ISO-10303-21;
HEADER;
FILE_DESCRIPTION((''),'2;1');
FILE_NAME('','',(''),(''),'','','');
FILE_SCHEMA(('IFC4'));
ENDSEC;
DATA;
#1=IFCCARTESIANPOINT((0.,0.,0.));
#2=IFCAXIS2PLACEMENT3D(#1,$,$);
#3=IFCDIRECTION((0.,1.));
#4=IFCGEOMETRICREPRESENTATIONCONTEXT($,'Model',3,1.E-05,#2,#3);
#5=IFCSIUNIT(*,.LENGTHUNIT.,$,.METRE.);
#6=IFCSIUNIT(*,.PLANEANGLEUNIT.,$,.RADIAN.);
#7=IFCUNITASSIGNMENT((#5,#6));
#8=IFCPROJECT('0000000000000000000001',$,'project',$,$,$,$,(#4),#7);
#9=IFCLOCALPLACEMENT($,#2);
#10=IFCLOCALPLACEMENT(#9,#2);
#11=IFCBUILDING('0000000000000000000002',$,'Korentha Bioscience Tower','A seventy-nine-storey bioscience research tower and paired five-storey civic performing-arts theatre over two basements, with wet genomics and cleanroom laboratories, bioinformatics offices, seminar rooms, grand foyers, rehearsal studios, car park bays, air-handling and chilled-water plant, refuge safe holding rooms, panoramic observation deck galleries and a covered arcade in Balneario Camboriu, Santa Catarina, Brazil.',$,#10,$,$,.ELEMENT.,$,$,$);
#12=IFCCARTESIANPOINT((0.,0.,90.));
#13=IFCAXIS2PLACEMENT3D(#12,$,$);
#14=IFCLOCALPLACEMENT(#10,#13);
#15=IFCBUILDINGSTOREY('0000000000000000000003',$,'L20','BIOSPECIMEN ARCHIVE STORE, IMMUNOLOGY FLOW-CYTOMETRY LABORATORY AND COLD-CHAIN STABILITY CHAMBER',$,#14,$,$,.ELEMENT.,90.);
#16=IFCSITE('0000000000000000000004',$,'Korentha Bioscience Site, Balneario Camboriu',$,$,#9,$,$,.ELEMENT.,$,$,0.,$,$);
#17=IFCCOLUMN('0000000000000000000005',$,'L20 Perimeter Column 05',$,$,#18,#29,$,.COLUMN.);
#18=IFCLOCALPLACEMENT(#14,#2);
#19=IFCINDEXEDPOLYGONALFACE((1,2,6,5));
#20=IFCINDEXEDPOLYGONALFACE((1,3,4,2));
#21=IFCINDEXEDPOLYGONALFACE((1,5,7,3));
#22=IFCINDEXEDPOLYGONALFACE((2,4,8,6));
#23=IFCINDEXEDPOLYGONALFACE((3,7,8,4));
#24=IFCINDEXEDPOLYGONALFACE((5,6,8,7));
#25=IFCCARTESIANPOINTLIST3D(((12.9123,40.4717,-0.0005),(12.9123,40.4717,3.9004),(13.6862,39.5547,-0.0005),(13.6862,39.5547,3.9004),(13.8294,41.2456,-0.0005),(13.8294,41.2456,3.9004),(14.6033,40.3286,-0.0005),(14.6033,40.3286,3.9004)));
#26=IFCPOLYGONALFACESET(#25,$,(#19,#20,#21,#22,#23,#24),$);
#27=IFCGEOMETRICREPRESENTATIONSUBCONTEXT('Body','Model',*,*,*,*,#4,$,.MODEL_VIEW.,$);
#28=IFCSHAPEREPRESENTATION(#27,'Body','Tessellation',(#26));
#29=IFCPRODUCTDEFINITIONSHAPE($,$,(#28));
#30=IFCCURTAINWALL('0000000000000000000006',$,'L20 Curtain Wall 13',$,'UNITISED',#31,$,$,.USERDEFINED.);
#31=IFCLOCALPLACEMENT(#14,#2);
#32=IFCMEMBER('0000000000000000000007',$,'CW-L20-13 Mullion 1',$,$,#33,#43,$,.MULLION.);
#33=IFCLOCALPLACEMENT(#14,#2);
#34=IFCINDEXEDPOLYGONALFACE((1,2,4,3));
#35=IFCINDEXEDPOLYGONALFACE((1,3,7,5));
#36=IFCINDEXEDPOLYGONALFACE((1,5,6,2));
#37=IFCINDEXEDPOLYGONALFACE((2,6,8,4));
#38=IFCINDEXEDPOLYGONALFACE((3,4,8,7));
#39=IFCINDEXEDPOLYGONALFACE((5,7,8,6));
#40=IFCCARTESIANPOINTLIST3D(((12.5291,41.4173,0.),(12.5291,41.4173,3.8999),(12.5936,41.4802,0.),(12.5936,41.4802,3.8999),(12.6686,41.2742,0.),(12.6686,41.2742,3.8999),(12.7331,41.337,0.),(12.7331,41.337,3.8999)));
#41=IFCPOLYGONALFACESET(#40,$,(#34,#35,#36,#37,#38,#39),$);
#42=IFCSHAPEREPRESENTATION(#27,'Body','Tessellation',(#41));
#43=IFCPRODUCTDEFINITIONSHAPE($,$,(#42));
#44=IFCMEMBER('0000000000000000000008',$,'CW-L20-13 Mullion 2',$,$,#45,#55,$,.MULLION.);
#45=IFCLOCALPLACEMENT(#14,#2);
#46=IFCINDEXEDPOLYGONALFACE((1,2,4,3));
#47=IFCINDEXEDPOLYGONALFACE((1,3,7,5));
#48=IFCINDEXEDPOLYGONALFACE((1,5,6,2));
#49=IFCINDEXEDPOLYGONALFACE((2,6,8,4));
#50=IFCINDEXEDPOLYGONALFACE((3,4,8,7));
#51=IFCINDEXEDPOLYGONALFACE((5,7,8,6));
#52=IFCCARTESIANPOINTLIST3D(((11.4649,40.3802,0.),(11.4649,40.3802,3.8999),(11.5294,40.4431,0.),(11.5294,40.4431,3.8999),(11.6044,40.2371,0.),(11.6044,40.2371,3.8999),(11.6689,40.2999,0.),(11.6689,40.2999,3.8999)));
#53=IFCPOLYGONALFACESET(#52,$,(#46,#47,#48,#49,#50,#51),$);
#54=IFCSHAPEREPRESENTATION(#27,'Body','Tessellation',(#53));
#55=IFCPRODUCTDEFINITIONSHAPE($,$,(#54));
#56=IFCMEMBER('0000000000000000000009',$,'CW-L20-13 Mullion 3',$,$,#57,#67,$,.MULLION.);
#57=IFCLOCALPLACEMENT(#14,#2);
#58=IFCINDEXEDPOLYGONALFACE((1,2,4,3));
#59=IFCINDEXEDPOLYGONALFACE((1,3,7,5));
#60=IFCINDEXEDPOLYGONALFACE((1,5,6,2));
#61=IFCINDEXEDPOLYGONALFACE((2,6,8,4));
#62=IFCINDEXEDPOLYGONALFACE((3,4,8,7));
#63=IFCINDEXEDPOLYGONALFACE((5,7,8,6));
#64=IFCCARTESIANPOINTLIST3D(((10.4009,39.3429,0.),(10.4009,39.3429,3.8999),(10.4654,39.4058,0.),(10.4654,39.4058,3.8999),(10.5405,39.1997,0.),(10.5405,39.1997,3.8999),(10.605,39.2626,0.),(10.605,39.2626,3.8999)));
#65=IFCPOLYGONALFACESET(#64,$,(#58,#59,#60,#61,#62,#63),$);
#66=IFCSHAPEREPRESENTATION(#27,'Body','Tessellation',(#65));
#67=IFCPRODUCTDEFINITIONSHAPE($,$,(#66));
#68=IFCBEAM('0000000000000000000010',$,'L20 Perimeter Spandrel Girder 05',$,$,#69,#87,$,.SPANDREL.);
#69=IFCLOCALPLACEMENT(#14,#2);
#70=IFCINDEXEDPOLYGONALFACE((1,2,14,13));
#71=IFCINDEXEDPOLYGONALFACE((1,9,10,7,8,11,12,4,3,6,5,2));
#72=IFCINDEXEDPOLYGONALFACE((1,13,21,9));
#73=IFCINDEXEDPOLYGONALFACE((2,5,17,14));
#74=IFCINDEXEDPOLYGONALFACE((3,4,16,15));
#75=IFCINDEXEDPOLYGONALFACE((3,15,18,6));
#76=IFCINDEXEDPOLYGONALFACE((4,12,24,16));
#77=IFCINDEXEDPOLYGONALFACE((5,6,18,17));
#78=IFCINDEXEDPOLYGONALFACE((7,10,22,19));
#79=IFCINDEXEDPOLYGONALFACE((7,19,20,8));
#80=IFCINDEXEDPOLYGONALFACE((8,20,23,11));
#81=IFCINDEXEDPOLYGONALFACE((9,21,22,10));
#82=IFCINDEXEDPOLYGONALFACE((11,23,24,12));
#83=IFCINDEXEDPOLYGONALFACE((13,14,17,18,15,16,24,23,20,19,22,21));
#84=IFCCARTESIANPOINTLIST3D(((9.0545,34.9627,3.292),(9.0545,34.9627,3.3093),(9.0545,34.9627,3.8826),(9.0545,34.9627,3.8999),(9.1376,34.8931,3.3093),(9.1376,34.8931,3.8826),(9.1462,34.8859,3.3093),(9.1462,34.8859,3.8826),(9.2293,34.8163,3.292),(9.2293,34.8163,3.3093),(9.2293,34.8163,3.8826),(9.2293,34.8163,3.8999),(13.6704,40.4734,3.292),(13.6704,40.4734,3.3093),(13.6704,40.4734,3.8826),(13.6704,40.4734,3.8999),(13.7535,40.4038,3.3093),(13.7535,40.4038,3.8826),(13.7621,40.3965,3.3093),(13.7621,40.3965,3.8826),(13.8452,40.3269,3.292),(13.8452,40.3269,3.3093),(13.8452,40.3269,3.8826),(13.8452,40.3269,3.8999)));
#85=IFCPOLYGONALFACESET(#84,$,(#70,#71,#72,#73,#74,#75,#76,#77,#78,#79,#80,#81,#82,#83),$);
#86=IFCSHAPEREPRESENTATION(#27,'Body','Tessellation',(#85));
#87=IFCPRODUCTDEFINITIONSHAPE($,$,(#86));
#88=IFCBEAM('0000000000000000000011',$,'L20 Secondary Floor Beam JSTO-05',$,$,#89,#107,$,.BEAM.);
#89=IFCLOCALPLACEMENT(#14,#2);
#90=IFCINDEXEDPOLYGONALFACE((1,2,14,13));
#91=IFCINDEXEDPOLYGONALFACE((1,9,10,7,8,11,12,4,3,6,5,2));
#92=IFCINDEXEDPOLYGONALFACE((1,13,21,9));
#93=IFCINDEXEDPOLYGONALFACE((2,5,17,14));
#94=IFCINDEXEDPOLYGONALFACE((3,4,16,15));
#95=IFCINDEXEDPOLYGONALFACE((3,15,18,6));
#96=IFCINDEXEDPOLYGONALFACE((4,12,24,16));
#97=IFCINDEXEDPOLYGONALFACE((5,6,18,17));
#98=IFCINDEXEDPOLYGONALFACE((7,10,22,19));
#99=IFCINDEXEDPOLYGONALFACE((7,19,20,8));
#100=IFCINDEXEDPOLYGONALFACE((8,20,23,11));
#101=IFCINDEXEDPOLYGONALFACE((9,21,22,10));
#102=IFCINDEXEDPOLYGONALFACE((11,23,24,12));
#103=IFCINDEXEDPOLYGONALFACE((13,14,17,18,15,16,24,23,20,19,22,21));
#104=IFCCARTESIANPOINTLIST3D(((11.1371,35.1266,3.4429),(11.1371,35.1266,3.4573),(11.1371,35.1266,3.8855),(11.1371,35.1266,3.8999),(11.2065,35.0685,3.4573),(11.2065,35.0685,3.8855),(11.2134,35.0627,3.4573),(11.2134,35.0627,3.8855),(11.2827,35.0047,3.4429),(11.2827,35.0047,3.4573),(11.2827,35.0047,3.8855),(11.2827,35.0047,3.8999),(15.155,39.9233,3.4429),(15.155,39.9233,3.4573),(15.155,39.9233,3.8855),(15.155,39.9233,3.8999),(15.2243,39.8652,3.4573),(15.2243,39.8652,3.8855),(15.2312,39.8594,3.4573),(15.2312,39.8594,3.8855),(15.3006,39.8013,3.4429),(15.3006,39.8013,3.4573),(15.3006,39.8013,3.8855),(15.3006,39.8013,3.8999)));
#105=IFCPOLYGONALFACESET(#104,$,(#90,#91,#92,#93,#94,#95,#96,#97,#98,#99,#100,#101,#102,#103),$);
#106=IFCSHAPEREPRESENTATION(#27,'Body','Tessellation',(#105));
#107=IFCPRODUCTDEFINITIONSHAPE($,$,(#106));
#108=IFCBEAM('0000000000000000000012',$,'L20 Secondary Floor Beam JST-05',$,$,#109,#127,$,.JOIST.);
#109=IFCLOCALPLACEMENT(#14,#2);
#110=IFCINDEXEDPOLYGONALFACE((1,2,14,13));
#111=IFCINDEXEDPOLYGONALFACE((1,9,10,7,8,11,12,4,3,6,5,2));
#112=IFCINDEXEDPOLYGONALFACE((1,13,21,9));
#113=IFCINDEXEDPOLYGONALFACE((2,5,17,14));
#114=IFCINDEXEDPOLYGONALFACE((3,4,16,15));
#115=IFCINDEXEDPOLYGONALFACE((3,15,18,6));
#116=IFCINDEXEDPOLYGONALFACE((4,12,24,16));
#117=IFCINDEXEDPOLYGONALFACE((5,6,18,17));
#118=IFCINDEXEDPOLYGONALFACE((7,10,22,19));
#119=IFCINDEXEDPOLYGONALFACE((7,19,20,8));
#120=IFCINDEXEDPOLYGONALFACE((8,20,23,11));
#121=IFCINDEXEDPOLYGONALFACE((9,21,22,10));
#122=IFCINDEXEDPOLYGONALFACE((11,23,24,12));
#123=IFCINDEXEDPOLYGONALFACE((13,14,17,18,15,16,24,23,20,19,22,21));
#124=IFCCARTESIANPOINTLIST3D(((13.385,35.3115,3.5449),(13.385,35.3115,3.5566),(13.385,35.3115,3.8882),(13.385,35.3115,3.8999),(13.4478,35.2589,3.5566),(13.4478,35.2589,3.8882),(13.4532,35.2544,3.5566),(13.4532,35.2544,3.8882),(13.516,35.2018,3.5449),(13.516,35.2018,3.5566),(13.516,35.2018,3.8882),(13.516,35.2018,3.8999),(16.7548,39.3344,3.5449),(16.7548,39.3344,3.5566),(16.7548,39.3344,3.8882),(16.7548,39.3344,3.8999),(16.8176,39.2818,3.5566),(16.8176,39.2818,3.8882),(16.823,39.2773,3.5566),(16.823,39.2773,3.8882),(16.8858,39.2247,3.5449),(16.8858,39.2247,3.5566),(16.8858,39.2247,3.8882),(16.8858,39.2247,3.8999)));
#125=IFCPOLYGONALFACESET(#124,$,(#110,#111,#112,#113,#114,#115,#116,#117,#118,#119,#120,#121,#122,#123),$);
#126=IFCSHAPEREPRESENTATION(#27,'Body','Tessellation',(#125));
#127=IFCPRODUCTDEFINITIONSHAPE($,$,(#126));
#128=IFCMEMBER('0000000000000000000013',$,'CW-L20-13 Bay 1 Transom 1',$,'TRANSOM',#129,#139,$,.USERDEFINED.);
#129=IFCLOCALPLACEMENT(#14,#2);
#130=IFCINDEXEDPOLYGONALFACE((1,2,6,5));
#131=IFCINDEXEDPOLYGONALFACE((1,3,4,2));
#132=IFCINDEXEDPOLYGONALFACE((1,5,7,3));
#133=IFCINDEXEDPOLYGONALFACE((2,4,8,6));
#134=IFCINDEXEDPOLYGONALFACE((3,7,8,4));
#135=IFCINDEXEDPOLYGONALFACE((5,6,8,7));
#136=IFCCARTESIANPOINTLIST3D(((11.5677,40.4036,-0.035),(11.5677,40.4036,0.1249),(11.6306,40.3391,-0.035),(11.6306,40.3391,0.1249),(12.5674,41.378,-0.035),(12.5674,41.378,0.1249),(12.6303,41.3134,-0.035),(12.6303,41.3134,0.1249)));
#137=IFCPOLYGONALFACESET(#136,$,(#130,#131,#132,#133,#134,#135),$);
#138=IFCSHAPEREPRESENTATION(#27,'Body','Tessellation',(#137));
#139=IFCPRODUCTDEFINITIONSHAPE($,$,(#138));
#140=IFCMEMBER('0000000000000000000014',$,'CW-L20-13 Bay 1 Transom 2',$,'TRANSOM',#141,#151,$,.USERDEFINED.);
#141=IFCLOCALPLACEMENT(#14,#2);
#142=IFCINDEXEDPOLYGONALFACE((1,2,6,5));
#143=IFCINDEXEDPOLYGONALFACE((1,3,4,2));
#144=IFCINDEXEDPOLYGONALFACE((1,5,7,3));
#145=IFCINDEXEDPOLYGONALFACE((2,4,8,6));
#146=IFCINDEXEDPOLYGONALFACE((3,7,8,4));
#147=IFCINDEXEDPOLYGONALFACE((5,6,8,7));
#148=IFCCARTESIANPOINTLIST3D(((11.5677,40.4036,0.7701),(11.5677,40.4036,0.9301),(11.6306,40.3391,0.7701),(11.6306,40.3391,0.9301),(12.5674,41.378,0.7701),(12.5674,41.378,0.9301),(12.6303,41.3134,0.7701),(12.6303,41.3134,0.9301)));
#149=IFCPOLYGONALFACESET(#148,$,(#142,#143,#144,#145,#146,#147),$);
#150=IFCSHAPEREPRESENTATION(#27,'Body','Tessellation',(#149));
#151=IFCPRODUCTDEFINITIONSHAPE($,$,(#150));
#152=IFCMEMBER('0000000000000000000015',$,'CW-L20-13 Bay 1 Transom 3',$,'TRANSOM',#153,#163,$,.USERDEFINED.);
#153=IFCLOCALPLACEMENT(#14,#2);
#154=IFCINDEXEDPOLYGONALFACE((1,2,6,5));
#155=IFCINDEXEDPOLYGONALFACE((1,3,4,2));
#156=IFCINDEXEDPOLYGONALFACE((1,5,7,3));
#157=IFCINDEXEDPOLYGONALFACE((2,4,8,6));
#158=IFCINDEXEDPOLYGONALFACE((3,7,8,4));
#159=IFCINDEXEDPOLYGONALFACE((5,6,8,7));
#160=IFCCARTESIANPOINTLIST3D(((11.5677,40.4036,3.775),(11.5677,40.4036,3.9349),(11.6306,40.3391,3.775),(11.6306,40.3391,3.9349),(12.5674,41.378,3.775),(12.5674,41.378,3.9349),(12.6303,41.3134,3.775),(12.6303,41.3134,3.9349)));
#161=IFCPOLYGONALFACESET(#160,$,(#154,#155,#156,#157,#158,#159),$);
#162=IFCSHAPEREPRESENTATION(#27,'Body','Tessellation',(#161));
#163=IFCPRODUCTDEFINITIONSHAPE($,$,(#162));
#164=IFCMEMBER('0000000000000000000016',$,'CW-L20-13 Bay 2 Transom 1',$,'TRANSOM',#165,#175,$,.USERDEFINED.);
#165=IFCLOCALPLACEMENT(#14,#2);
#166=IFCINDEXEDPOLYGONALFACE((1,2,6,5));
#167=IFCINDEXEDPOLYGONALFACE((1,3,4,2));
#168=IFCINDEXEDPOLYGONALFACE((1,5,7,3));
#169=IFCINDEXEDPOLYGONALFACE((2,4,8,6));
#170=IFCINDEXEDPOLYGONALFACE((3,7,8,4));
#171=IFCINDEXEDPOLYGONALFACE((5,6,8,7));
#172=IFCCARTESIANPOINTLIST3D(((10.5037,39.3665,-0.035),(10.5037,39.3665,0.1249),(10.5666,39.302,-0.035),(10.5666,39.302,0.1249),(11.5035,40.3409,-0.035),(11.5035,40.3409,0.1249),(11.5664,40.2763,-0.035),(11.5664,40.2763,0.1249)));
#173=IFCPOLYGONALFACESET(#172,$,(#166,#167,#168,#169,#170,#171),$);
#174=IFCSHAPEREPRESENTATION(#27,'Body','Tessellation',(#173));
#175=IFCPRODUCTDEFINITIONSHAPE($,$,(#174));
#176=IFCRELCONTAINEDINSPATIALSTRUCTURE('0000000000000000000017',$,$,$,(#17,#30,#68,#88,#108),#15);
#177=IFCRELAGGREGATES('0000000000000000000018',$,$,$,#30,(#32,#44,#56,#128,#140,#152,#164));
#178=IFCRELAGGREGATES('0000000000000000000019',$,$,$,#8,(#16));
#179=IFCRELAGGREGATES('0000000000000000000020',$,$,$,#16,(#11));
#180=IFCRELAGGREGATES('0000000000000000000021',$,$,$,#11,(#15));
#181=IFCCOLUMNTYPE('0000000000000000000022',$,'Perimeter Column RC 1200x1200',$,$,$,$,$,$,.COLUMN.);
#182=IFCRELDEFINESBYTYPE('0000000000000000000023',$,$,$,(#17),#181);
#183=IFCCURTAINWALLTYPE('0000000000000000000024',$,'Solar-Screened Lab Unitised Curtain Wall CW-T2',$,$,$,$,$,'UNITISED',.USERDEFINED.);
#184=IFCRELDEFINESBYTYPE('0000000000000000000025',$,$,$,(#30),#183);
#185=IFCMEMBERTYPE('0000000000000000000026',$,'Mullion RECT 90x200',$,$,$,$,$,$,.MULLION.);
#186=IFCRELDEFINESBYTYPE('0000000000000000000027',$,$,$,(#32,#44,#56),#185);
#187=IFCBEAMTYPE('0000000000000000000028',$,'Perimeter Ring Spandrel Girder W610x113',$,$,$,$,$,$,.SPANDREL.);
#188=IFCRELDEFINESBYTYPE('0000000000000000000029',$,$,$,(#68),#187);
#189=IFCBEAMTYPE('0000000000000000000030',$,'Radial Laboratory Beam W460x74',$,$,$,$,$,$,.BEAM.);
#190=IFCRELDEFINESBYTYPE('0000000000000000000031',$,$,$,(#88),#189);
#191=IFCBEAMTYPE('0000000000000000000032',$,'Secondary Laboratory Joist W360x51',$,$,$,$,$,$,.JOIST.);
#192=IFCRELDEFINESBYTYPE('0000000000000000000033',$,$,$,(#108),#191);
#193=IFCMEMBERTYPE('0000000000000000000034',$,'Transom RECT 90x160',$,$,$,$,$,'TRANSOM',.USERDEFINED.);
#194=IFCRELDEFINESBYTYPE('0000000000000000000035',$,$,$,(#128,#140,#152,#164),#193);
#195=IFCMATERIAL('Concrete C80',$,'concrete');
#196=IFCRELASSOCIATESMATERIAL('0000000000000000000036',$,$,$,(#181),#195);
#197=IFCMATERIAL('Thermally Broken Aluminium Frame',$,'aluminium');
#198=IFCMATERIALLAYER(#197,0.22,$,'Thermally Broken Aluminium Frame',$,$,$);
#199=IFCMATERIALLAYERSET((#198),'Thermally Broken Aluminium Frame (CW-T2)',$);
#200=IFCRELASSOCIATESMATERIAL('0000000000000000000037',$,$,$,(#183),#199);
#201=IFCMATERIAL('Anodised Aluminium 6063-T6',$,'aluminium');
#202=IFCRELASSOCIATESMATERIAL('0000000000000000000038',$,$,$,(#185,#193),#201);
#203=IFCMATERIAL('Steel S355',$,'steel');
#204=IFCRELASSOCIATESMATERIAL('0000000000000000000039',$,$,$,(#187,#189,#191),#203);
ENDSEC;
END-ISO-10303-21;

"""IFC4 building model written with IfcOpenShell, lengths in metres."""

from ifc_helpers import new_model, si_unit, direction, frame, origin, origin_2d, place, context, subcontext, project, spatial, rectangle, i_section, extrude, material, layer, layer_set, material_profile, profile_set, type_object, element, aggregate, save


model = new_model("IFC4")

# Units and contexts
model_context = context("Model", 3, precision=1e-05, world=origin(), true_north=direction((0.0, 1.0)))
body_context = subcontext(model_context, "Body", "Model", "MODEL_VIEW")
ifc_project = project(units=[si_unit("LENGTHUNIT", "METRE"), si_unit("PLANEANGLEUNIT", "RADIAN")], contexts=[model_context])

# Site, building, storey
site_placement = place(None, origin())
site = spatial("IfcSite", under=ifc_project, at=site_placement, Name="Korentha Bioscience Site, Balneario Camboriu", CompositionType="ELEMENT", RefElevation=0.0)
building_placement = place(site_placement, origin())
building = spatial("IfcBuilding", under=site, at=building_placement, Name="Korentha Bioscience Tower", Description="A seventy-nine-storey bioscience research tower and paired five-storey civic performing-arts theatre over two basements, with wet genomics and cleanroom laboratories, bioinformatics offices, seminar rooms, grand foyers, rehearsal studios, car park bays, air-handling and chilled-water plant, refuge safe holding rooms, panoramic observation deck galleries and a covered arcade in Balneario Camboriu, Santa Catarina, Brazil.", CompositionType="ELEMENT")
storey_placement = place(building_placement, frame((0.0, 0.0, 90.0)))
storey = spatial("IfcBuildingStorey", under=building, at=storey_placement, Name="L20", Description="BIOSPECIMEN ARCHIVE STORE, IMMUNOLOGY FLOW-CYTOMETRY LABORATORY AND COLD-CHAIN STABILITY CHAMBER", CompositionType="ELEMENT", Elevation=90.0)

# Column
ifc_material_1 = material(Name="Concrete C80", Category="concrete")
ifc_material_profile_1 = material_profile(ifc_material_1, rectangle(XDim=1.2, YDim=1.2, at=origin_2d()), Name="Concrete C80")
ifc_profile_set_1 = profile_set([ifc_material_profile_1], Name="Concrete C80 (COL-P12)")
column_type = type_object("IfcColumnType", Name="Perimeter Column RC 1200x1200", PredefinedType="COLUMN", material=ifc_profile_set_1)
column_placement = place(storey_placement, frame((13.7578, 40.4001, -0.0005), z_axis=(0.0, 0.0, 1.0), x_axis=(0.764246, 0.644924, 0.0)))
element("IfcColumn", 1, at=column_placement, inside=storey, type_object=column_type, Name="L20 Perimeter Column 05", PredefinedType="COLUMN", context=body_context, shape_type="SweptSolid", body=[
    extrude(rectangle(XDim=1.2, YDim=1.2, at=origin_2d()), origin(), (0.0, 0.0, 1.0), 3.9009),
])

# Curtain wall, members
ifc_material_2 = material(Name="Thermally Broken Aluminium Frame", Category="aluminium")
ifc_layer_1 = layer(ifc_material_2, 0.22, Name="Thermally Broken Aluminium Frame")
ifc_layer_set_1 = layer_set([ifc_layer_1], Name="Thermally Broken Aluminium Frame (CW-T2)")
curtain_wall_type = type_object("IfcCurtainWallType", Name="Solar-Screened Lab Unitised Curtain Wall CW-T2", ElementType="UNITISED", PredefinedType="USERDEFINED", material=ifc_layer_set_1)
curtain_wall_placement = place(storey_placement, origin())
curtain_wall = element("IfcCurtainWall", 2, at=curtain_wall_placement, inside=storey, type_object=curtain_wall_type, Name="L20 Curtain Wall 13", ObjectType="UNITISED", PredefinedType="USERDEFINED")
ifc_material_3 = material(Name="Anodised Aluminium 6063-T6", Category="aluminium")
ifc_material_profile_2 = material_profile(ifc_material_3, rectangle(XDim=0.0901, YDim=0.2, at=origin_2d()), Name="Anodised Aluminium 6063-T6")
ifc_profile_set_2 = profile_set([ifc_material_profile_2], Name="Anodised Aluminium 6063-T6 (CW-MUL)")
member_type_1 = type_object("IfcMemberType", Name="Mullion RECT 90x200", PredefinedType="MULLION", material=ifc_profile_set_2)
member_1_placement = place(storey_placement, frame((12.6311, 41.3772, 0.0), z_axis=(0.0, 0.0, 1.0), x_axis=(-0.716096, -0.698002, 0.0)))
member_1 = element("IfcMember", 3, at=member_1_placement, type_object=member_type_1, Name="CW-L20-13 Mullion 1", PredefinedType="MULLION", context=body_context, shape_type="SweptSolid", body=[
    extrude(rectangle(XDim=0.0901, YDim=0.2, at=origin_2d()), origin(), (0.0, 0.0, 1.0), 3.8999),
])
member_2_placement = place(storey_placement, frame((11.5669, 40.3401, 0.0), z_axis=(0.0, 0.0, 1.0), x_axis=(-0.716096, -0.698002, 0.0)))
member_2 = element("IfcMember", 4, at=member_2_placement, type_object=member_type_1, Name="CW-L20-13 Mullion 2", PredefinedType="MULLION", context=body_context, shape_type="SweptSolid", body=[
    extrude(rectangle(XDim=0.0901, YDim=0.2, at=origin_2d()), origin(), (0.0, 0.0, 1.0), 3.8999),
])
member_3_placement = place(storey_placement, frame((10.5029, 39.3027, 0.0), z_axis=(0.0, 0.0, 1.0), x_axis=(-0.716096, -0.698002, 0.0)))
member_3 = element("IfcMember", 5, at=member_3_placement, type_object=member_type_1, Name="CW-L20-13 Mullion 3", PredefinedType="MULLION", context=body_context, shape_type="SweptSolid", body=[
    extrude(rectangle(XDim=0.0901, YDim=0.2, at=origin_2d()), origin(), (0.0, 0.0, 1.0), 3.8999),
])

# Beams
ifc_material_4 = material(Name="Steel S355", Category="steel")
ifc_material_profile_3 = material_profile(ifc_material_4, i_section(OverallWidth=0.228, OverallDepth=0.6079, WebThickness=0.0112, FlangeThickness=0.0173, at=origin_2d()), Name="Steel S355")
ifc_profile_set_3 = profile_set([ifc_material_profile_3], Name="Steel S355 (SB-610)")
beam_type_1 = type_object("IfcBeamType", Name="Perimeter Ring Spandrel Girder W610x113", PredefinedType="SPANDREL", material=ifc_profile_set_3)
beam_1_placement = place(storey_placement, frame((13.7578, 40.4001, 3.5959), z_axis=(-0.642127, -0.766599, 0.0), x_axis=(0.766599, -0.642127, 0.0)))
element("IfcBeam", 6, at=beam_1_placement, inside=storey, type_object=beam_type_1, Name="L20 Perimeter Spandrel Girder 05", PredefinedType="SPANDREL", context=body_context, shape_type="SweptSolid", body=[
    extrude(i_section(OverallWidth=0.228, OverallDepth=0.6079, WebThickness=0.0112, FlangeThickness=0.0173, at=origin_2d()), origin(), (0.0, 0.0, 1.0), 7.1885),
])
ifc_material_profile_4 = material_profile(ifc_material_4, i_section(OverallWidth=0.1899, OverallDepth=0.457, WebThickness=0.009, FlangeThickness=0.0144, at=origin_2d()), Name="Steel S355")
ifc_profile_set_4 = profile_set([ifc_material_profile_4], Name="Steel S355 (RB-460)")
beam_type_2 = type_object("IfcBeamType", Name="Radial Laboratory Beam W460x74", PredefinedType="BEAM", material=ifc_profile_set_4)
beam_2_placement = place(storey_placement, frame((15.2278, 39.8623, 3.6714), z_axis=(-0.642128, -0.766597, 0.0), x_axis=(0.766597, -0.642128, 0.0)))
element("IfcBeam", 7, at=beam_2_placement, inside=storey, type_object=beam_type_2, Name="L20 Secondary Floor Beam JSTO-05", PredefinedType="BEAM", context=body_context, shape_type="SweptSolid", body=[
    extrude(i_section(OverallWidth=0.1899, OverallDepth=0.457, WebThickness=0.009, FlangeThickness=0.0144, at=origin_2d()), origin(), (0.0, 0.0, 1.0), 6.2571),
])
ifc_material_profile_5 = material_profile(ifc_material_4, i_section(OverallWidth=0.1709, OverallDepth=0.355, WebThickness=0.0071, FlangeThickness=0.0117, at=origin_2d()), Name="Steel S355")
ifc_profile_set_5 = profile_set([ifc_material_profile_5], Name="Steel S355 (JB-360)")
beam_type_3 = type_object("IfcBeamType", Name="Secondary Laboratory Joist W360x51", PredefinedType="JOIST", material=ifc_profile_set_5)
beam_3_placement = place(storey_placement, frame((16.8203, 39.2795, 3.7224), z_axis=(-0.642141, -0.766587, 0.0), x_axis=(0.766587, -0.642141, 0.0)))
element("IfcBeam", 8, at=beam_3_placement, inside=storey, type_object=beam_type_3, Name="L20 Secondary Floor Beam JST-05", PredefinedType="JOIST", context=body_context, shape_type="SweptSolid", body=[
    extrude(i_section(OverallWidth=0.1709, OverallDepth=0.355, WebThickness=0.0071, FlangeThickness=0.0117, at=origin_2d()), origin(), (0.0, 0.0, 1.0), 5.2478),
])

# Members
ifc_material_profile_6 = material_profile(ifc_material_3, rectangle(XDim=0.0901, YDim=0.1599, at=origin_2d()), Name="Anodised Aluminium 6063-T6")
ifc_profile_set_6 = profile_set([ifc_material_profile_6], Name="Anodised Aluminium 6063-T6 (CW-TRN)")
member_type_2 = type_object("IfcMemberType", Name="Transom RECT 90x160", ElementType="TRANSOM", PredefinedType="USERDEFINED", material=ifc_profile_set_6)
member_4_placement = place(storey_placement, frame((12.5989, 41.3457, 0.0449), z_axis=(-0.716142, -0.697954, 0.0), x_axis=(0.697954, -0.716142, 0.0)))
member_4 = element("IfcMember", 9, at=member_4_placement, type_object=member_type_2, Name="CW-L20-13 Bay 1 Transom 1", ObjectType="TRANSOM", PredefinedType="USERDEFINED", context=body_context, shape_type="SweptSolid", body=[
    extrude(rectangle(XDim=0.0901, YDim=0.1599, at=origin_2d()), origin(), (0.0, 0.0, 1.0), 1.396),
])
member_5_placement = place(storey_placement, frame((12.5989, 41.3457, 0.8501), z_axis=(-0.716142, -0.697954, 0.0), x_axis=(0.697954, -0.716142, 0.0)))
member_5 = element("IfcMember", 10, at=member_5_placement, type_object=member_type_2, Name="CW-L20-13 Bay 1 Transom 2", ObjectType="TRANSOM", PredefinedType="USERDEFINED", context=body_context, shape_type="SweptSolid", body=[
    extrude(rectangle(XDim=0.0901, YDim=0.1599, at=origin_2d()), origin(), (0.0, 0.0, 1.0), 1.396),
])
member_6_placement = place(storey_placement, frame((12.5989, 41.3457, 3.855), z_axis=(-0.716142, -0.697954, 0.0), x_axis=(0.697954, -0.716142, 0.0)))
member_6 = element("IfcMember", 11, at=member_6_placement, type_object=member_type_2, Name="CW-L20-13 Bay 1 Transom 3", ObjectType="TRANSOM", PredefinedType="USERDEFINED", context=body_context, shape_type="SweptSolid", body=[
    extrude(rectangle(XDim=0.0901, YDim=0.1599, at=origin_2d()), origin(), (0.0, 0.0, 1.0), 1.396),
])
member_7_placement = place(storey_placement, frame((11.5349, 40.3086, 0.0449), z_axis=(-0.716142, -0.697954, 0.0), x_axis=(0.697954, -0.716142, 0.0)))
member_7 = element("IfcMember", 12, at=member_7_placement, type_object=member_type_2, Name="CW-L20-13 Bay 2 Transom 1", ObjectType="TRANSOM", PredefinedType="USERDEFINED", context=body_context, shape_type="SweptSolid", body=[
    extrude(rectangle(XDim=0.0901, YDim=0.1599, at=origin_2d()), origin(), (0.0, 0.0, 1.0), 1.396),
])

aggregate(curtain_wall, [member_1, member_2, member_3, member_4, member_5, member_6, member_7])

save(model, "model.ifc")
